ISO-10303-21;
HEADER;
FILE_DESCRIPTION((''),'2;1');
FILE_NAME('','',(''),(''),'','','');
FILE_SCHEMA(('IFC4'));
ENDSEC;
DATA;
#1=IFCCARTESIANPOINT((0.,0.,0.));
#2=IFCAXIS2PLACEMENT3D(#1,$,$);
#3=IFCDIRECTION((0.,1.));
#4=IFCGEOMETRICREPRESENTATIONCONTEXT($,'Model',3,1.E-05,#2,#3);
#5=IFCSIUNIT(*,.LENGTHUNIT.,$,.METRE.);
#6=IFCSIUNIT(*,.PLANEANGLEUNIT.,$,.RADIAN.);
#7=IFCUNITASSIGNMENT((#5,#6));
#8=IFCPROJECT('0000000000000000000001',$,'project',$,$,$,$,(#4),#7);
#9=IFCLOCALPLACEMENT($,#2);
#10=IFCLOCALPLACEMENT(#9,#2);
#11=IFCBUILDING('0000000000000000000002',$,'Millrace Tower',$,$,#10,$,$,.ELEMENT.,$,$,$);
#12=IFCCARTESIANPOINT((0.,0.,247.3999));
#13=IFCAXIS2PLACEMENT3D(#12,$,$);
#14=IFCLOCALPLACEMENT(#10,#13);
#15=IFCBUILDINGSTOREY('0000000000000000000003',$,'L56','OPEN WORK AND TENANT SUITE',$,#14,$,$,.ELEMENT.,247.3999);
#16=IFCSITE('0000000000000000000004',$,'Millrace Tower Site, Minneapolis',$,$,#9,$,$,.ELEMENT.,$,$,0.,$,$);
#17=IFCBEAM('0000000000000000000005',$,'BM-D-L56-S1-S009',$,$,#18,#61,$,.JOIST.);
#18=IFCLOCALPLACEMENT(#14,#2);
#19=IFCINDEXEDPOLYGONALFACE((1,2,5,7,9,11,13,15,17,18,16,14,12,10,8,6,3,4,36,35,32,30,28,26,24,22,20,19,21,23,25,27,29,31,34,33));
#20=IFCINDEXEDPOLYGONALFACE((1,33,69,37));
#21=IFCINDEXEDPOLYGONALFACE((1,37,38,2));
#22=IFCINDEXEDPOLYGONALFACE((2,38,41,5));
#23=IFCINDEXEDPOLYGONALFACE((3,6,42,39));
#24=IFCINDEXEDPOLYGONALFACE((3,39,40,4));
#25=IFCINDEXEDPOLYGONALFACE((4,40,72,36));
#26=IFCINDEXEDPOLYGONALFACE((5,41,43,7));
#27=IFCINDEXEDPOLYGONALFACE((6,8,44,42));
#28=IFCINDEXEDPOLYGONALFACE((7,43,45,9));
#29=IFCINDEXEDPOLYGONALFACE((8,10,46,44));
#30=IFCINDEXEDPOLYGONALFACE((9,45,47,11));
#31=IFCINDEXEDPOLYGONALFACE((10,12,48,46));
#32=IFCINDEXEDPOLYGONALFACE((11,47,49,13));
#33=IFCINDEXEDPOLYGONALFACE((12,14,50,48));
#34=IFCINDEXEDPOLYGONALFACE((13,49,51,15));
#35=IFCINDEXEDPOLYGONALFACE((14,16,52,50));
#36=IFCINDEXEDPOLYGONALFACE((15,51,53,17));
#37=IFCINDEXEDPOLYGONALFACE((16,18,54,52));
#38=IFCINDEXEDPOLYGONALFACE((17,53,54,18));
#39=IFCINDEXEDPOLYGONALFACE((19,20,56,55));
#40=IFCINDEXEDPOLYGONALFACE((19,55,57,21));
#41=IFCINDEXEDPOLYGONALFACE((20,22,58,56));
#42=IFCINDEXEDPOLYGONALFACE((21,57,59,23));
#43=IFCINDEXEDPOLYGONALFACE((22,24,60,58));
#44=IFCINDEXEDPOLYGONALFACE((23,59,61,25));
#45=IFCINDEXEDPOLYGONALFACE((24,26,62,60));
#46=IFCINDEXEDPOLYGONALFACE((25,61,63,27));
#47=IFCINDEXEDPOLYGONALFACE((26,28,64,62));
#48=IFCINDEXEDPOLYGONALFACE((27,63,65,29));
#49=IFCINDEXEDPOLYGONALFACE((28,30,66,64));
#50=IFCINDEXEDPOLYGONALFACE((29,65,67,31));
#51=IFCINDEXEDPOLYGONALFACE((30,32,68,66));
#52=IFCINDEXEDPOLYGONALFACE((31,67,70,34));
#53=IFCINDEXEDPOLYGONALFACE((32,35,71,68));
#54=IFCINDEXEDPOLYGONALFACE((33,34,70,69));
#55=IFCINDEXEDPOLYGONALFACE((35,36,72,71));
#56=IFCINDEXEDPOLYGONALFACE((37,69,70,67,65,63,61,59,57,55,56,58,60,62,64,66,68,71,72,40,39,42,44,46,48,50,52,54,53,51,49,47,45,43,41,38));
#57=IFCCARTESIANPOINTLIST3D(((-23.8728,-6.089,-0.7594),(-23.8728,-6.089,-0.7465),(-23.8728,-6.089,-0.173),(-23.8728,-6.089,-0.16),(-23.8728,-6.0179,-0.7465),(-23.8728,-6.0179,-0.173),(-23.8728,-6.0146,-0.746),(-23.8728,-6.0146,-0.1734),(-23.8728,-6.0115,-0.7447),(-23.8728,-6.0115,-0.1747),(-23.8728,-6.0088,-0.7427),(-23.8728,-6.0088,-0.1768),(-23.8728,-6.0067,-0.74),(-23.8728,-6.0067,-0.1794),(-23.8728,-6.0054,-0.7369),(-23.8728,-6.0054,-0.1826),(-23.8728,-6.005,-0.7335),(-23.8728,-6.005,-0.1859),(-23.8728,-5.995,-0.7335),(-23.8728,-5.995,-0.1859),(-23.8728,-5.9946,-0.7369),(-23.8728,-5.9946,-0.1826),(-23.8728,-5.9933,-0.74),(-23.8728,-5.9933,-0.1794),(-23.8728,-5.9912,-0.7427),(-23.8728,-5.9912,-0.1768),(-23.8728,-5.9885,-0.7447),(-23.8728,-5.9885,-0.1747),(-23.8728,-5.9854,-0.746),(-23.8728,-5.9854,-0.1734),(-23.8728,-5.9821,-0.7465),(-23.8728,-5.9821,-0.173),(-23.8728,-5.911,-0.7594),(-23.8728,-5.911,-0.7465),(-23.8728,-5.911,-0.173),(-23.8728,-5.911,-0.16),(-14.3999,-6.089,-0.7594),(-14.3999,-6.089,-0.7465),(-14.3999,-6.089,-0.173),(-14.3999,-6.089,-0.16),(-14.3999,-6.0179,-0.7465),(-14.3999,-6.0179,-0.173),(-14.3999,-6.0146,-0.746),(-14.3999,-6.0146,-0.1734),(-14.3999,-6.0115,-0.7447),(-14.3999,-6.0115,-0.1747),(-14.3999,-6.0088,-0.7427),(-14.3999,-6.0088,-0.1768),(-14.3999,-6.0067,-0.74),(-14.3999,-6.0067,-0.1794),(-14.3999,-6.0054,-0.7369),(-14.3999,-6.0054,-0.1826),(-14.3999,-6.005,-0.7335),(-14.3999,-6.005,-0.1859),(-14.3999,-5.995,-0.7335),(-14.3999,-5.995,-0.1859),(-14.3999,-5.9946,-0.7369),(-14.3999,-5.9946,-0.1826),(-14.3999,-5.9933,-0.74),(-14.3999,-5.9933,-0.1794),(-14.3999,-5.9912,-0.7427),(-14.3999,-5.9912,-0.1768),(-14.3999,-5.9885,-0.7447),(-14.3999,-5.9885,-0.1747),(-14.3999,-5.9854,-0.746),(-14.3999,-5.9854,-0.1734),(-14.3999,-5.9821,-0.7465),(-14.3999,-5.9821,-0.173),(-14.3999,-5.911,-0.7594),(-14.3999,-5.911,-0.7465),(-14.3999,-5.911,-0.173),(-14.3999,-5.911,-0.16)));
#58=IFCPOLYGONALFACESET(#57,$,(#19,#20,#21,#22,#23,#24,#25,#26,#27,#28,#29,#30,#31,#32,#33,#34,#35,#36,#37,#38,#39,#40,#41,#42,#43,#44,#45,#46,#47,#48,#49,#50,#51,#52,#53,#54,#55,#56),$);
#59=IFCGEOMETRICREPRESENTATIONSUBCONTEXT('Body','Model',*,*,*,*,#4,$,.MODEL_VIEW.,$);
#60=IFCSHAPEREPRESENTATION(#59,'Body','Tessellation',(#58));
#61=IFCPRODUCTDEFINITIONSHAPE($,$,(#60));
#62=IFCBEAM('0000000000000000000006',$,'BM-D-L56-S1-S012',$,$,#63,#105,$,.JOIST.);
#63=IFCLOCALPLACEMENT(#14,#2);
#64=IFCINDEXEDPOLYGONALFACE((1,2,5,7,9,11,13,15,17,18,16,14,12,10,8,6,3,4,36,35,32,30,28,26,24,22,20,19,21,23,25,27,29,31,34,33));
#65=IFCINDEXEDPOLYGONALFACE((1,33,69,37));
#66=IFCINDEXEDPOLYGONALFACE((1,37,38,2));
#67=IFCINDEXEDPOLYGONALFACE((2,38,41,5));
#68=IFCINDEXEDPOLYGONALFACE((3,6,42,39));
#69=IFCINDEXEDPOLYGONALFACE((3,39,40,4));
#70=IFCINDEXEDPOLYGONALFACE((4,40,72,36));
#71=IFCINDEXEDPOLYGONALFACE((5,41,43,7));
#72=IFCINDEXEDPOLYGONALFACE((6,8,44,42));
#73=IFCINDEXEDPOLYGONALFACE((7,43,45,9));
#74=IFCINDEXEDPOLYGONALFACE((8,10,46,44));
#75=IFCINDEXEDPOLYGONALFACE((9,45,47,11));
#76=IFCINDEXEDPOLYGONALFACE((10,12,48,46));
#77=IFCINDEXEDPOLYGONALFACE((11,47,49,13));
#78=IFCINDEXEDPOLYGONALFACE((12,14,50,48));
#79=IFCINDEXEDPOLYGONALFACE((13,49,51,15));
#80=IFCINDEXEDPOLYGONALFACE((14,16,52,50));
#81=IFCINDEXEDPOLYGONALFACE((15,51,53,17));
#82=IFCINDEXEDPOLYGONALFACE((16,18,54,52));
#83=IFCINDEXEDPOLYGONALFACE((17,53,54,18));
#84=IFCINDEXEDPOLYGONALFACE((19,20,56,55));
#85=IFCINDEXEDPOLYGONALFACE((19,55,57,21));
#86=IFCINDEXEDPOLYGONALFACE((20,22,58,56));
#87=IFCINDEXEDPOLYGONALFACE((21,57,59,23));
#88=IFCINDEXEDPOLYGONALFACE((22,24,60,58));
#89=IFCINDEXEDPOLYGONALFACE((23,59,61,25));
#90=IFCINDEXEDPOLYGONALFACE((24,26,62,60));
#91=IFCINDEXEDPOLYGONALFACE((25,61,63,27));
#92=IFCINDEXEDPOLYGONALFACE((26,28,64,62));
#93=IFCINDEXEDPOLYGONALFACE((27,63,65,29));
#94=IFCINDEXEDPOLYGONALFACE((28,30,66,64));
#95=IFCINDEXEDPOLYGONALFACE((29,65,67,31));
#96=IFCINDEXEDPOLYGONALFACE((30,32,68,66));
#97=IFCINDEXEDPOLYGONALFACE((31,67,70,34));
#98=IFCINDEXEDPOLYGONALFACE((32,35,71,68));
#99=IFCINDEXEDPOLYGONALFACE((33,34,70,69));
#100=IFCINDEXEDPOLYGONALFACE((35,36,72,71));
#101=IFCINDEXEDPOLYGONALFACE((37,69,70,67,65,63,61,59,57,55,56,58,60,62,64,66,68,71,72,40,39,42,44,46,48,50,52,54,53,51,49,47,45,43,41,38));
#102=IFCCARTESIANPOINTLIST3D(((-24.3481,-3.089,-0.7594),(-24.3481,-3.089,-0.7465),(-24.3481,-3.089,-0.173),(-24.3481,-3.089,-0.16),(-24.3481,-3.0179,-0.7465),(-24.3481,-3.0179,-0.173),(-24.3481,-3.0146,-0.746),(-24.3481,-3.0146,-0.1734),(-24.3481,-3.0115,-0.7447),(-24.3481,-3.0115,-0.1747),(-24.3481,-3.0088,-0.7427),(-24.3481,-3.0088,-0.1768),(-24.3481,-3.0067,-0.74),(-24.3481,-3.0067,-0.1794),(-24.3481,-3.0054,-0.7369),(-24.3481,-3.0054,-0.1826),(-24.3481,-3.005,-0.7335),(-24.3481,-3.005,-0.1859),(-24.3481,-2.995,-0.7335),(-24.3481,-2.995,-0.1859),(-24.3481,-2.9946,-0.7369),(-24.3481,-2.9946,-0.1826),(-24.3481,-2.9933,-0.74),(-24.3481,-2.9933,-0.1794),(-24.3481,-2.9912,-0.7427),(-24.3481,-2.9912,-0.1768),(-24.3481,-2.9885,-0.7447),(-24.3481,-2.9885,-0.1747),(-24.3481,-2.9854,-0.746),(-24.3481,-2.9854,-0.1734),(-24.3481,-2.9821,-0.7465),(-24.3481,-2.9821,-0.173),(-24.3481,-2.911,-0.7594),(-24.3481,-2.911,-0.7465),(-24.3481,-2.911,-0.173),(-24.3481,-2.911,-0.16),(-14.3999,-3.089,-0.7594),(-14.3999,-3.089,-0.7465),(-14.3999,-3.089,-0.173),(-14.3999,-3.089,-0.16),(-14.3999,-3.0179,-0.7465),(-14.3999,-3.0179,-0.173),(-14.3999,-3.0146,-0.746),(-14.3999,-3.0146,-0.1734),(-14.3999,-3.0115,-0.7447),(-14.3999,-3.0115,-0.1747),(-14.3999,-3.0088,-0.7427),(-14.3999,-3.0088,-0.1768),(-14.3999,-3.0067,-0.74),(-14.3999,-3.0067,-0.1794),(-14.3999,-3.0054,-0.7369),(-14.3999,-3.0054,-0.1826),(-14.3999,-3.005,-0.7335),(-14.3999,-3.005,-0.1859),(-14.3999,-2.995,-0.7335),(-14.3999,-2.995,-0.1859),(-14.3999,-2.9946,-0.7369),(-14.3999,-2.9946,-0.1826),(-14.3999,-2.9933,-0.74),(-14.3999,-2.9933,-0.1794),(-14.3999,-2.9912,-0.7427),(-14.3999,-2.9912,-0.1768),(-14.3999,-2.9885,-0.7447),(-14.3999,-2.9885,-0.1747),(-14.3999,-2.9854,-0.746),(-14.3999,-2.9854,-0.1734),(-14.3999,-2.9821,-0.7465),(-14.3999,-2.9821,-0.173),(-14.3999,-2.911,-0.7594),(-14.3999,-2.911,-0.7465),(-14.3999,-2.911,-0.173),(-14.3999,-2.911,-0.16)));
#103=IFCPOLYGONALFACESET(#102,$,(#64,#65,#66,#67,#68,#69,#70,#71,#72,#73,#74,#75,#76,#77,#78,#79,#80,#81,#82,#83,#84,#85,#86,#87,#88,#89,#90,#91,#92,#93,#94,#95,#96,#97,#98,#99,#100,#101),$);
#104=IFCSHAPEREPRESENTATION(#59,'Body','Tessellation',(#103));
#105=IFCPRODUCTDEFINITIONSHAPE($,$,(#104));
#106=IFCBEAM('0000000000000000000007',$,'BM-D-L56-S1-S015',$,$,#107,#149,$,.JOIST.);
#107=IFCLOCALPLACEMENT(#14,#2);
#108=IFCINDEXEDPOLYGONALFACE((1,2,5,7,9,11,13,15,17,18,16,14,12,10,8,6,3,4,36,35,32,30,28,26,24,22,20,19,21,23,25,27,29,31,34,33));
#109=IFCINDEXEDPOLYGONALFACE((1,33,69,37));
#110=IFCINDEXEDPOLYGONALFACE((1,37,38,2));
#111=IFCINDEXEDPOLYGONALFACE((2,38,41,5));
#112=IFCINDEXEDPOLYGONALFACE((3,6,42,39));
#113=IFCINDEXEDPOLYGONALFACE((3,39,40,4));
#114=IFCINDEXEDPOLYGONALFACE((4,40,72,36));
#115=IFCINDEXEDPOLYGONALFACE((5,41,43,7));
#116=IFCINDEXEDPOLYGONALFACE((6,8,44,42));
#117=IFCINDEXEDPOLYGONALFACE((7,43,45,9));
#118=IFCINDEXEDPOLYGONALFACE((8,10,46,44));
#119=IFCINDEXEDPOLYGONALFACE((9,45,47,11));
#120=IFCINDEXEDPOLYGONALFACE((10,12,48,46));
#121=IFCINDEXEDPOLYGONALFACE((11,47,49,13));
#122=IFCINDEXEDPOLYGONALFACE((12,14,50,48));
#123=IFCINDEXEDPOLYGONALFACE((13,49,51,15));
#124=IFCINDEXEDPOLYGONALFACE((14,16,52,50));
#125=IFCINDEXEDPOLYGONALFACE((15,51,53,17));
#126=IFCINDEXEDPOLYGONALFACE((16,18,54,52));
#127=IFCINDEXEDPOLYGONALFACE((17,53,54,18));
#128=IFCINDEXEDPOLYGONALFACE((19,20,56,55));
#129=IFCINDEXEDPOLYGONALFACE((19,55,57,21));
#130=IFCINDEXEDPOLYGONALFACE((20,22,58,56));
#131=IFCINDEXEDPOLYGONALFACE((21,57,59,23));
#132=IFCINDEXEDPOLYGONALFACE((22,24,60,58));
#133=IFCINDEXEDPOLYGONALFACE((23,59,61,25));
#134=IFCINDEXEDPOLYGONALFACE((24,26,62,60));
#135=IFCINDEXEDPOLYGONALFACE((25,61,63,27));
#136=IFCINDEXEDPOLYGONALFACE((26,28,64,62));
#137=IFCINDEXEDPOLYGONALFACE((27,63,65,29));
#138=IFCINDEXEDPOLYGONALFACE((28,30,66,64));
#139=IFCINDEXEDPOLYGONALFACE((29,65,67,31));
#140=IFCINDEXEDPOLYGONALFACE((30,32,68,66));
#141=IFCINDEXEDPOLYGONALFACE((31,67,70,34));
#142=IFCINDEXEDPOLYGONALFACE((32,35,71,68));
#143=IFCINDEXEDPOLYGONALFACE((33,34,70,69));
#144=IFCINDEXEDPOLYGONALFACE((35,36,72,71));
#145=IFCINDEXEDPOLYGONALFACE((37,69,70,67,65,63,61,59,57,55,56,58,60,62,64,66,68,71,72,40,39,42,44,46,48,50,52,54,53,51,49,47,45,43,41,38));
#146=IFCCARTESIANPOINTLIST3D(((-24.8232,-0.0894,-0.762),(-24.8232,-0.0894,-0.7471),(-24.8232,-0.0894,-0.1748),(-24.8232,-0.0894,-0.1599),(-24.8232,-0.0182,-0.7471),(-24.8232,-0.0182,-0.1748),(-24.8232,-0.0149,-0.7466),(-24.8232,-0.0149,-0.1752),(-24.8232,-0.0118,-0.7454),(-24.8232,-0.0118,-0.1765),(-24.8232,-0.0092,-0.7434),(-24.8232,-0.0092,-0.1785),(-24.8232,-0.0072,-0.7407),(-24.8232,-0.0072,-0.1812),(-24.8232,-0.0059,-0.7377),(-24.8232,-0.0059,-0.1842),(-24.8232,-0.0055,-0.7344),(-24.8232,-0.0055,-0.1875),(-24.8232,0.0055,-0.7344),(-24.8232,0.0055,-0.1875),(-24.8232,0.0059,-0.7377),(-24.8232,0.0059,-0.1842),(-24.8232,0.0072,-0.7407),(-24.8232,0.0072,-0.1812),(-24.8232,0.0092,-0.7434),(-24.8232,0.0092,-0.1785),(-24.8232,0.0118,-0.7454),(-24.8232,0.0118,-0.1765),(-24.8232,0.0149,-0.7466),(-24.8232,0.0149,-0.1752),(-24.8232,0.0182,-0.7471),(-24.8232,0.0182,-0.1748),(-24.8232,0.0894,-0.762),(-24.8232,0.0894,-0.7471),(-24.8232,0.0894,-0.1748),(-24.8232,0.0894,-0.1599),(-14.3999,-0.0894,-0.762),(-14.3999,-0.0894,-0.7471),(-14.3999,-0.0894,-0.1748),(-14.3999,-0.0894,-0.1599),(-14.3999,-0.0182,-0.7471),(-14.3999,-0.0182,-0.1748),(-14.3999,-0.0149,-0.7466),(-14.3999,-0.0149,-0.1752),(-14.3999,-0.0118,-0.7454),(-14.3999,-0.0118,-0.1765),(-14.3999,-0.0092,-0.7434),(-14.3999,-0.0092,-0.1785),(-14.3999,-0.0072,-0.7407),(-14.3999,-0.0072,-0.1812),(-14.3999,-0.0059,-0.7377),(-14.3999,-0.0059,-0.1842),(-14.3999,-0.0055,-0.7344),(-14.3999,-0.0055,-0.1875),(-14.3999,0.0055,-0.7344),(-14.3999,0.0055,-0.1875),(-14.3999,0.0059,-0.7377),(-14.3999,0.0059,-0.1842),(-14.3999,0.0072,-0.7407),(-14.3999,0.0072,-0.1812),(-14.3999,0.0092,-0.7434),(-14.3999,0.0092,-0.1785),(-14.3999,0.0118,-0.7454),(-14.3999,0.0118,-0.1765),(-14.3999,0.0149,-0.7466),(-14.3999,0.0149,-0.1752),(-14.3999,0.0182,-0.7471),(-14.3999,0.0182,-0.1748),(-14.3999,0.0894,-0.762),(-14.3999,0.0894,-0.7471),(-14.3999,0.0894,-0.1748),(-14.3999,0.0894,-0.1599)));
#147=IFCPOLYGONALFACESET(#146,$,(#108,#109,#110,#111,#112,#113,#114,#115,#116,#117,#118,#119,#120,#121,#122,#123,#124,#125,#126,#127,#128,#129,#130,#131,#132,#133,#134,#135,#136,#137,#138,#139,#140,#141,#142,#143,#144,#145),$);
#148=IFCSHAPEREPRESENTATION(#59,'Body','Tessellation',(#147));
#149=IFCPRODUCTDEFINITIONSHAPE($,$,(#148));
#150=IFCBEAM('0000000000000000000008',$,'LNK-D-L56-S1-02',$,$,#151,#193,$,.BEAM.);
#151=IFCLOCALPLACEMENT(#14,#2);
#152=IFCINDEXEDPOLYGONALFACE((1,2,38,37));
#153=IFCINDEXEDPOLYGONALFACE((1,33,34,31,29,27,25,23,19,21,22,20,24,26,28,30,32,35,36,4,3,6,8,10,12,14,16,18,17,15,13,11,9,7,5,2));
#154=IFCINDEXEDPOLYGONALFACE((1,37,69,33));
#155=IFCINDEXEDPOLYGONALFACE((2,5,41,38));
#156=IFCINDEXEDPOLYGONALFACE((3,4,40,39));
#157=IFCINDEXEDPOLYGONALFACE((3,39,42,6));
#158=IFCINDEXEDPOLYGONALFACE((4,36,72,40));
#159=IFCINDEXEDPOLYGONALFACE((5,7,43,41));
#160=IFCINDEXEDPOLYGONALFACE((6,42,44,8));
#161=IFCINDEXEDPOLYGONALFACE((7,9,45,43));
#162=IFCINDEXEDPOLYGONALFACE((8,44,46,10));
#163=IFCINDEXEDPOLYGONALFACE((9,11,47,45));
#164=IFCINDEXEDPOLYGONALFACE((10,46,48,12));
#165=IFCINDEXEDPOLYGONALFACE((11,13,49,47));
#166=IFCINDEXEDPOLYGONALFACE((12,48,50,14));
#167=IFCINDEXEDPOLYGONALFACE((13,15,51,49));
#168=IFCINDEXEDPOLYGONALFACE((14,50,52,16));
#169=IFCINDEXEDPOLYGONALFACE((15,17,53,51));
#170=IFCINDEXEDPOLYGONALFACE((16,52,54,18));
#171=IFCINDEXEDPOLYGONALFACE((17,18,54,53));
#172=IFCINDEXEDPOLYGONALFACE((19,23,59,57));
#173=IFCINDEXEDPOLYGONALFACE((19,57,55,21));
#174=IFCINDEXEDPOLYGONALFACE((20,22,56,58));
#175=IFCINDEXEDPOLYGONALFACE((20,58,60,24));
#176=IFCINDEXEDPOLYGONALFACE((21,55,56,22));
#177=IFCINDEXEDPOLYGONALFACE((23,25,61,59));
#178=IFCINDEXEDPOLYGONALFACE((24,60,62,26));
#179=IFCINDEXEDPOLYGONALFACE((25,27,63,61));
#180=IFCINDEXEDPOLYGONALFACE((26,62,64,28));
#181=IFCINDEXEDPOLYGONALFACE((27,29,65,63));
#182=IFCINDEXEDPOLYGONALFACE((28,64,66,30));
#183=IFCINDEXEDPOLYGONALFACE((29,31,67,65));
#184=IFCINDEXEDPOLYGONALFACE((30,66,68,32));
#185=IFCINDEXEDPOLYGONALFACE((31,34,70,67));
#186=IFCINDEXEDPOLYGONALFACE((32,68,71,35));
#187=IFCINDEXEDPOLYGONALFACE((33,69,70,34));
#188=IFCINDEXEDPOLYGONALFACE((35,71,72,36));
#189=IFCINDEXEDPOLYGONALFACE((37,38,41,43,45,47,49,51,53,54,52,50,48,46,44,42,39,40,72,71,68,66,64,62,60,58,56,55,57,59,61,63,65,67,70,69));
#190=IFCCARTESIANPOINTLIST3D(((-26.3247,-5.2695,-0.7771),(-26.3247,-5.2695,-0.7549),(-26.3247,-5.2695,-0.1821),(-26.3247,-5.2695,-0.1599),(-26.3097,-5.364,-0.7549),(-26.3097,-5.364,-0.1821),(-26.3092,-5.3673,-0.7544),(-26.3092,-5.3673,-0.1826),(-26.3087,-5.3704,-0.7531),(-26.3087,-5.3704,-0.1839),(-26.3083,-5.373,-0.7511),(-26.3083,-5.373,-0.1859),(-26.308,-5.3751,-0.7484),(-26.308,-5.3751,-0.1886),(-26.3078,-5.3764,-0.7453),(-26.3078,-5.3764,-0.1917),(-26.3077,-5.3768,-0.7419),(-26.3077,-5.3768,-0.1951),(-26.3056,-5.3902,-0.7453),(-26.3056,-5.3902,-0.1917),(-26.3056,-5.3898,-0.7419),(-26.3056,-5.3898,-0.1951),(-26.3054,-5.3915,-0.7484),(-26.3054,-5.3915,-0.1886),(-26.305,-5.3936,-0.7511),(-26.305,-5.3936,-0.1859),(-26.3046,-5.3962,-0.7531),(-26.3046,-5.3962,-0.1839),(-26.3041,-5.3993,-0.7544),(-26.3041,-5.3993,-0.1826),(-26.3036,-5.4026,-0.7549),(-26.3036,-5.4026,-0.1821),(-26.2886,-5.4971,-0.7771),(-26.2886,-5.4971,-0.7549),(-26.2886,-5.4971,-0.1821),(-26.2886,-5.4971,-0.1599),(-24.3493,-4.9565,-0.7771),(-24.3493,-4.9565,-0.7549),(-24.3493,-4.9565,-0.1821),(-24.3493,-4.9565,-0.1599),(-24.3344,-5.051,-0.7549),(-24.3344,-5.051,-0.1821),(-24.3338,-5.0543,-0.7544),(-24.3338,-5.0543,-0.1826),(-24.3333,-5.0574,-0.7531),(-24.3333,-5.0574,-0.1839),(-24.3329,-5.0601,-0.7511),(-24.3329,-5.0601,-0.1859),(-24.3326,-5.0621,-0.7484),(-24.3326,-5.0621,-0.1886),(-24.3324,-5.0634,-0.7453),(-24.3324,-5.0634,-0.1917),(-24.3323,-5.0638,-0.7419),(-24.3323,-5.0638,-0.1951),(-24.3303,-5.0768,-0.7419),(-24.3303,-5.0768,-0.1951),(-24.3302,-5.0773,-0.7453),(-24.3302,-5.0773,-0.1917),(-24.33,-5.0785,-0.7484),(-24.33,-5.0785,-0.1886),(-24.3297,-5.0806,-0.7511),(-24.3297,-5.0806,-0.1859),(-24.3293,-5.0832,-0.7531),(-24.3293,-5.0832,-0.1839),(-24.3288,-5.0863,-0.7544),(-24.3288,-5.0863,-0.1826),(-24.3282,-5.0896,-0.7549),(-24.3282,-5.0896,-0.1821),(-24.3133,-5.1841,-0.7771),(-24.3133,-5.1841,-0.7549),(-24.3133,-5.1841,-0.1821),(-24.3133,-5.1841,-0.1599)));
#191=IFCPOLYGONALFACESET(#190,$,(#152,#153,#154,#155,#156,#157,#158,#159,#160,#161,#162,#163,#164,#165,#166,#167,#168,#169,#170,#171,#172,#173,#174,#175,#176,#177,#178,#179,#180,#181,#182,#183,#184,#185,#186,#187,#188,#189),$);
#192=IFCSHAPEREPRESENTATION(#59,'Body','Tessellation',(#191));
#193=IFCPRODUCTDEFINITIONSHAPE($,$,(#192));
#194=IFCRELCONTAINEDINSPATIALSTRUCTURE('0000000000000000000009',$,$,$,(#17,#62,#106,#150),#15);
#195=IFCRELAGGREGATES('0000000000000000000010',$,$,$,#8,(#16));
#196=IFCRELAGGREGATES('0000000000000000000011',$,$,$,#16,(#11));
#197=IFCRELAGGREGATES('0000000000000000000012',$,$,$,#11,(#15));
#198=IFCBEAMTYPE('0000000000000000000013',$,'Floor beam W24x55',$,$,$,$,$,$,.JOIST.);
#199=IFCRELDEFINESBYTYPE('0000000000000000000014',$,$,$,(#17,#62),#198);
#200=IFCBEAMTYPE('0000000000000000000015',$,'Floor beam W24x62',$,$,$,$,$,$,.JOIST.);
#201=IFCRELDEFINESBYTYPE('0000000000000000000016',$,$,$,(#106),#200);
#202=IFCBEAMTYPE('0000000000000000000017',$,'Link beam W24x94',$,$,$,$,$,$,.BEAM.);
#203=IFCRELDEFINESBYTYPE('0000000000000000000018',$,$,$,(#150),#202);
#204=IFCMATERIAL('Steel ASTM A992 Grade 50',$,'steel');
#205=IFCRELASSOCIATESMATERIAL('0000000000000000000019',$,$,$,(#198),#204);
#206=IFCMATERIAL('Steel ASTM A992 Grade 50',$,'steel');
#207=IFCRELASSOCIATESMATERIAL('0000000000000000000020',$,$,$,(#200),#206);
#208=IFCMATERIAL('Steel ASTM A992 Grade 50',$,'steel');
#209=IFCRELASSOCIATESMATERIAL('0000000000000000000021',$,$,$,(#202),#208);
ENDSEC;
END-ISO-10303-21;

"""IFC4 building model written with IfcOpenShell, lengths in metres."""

from ifc_helpers import new_model, si_unit, direction, frame, origin, origin_2d, place, context, subcontext, project, spatial, i_section, extrude, material, material_profile, profile_set, type_object, element, save


model = new_model("IFC4")

# Units and contexts
model_context = context("Model", 3, precision=1e-05, world=origin(), true_north=direction((0.0, 1.0)))
body_context = subcontext(model_context, "Body", "Model", "MODEL_VIEW")
ifc_project = project(units=[si_unit("LENGTHUNIT", "METRE"), si_unit("PLANEANGLEUNIT", "RADIAN")], contexts=[model_context])

# Site, building, storey
site_placement = place(None, origin())
site = spatial("IfcSite", under=ifc_project, at=site_placement, Name="Millrace Tower Site, Minneapolis", CompositionType="ELEMENT", RefElevation=0.0)
building_placement = place(site_placement, origin())
building = spatial("IfcBuilding", under=site, at=building_placement, Name="Millrace Tower", CompositionType="ELEMENT")
storey_placement = place(building_placement, frame((0.0, 0.0, 247.3999)))
storey = spatial("IfcBuildingStorey", under=building, at=storey_placement, Name="L56", Description="OPEN WORK AND TENANT SUITE", CompositionType="ELEMENT", Elevation=247.3999)

# Beams
ifc_material_1 = material(Name="Steel ASTM A992 Grade 50", Category="steel")
ifc_material_profile_1 = material_profile(ifc_material_1, i_section(OverallWidth=0.178, OverallDepth=0.5994, WebThickness=0.01, FlangeThickness=0.0129, FilletRadius=0.0129, at=origin_2d()))
ifc_profile_set_1 = profile_set([ifc_material_profile_1], Name="Steel ASTM A992 Grade 50")
beam_type_1 = type_object("IfcBeamType", Name="Floor beam W24x55", PredefinedType="JOIST", material=ifc_profile_set_1)
beam_1_placement = place(storey_placement, frame((-23.8728, -6.0, -0.4597), z_axis=(1.0, 0.0, 0.0), x_axis=(0.0, 1.0, 0.0)))
element("IfcBeam", 1, at=beam_1_placement, inside=storey, type_object=beam_type_1, Name="BM-D-L56-S1-S009", PredefinedType="JOIST", context=body_context, shape_type="SweptSolid", body=[
    extrude(i_section(OverallWidth=0.178, OverallDepth=0.5994, WebThickness=0.01, FlangeThickness=0.0129, FilletRadius=0.0129, at=origin_2d()), origin(), (0.0, 0.0, 1.0), 9.4729),
])
beam_2_placement = place(storey_placement, frame((-24.3481, -3.0, -0.4597), z_axis=(1.0, 0.0, 0.0), x_axis=(0.0, 1.0, 0.0)))
element("IfcBeam", 2, at=beam_2_placement, inside=storey, type_object=beam_type_1, Name="BM-D-L56-S1-S012", PredefinedType="JOIST", context=body_context, shape_type="SweptSolid", body=[
    extrude(i_section(OverallWidth=0.178, OverallDepth=0.5994, WebThickness=0.01, FlangeThickness=0.0129, FilletRadius=0.0129, at=origin_2d()), origin(), (0.0, 0.0, 1.0), 9.9482),
])
ifc_material_2 = material(Name="Steel ASTM A992 Grade 50", Category="steel")
ifc_material_profile_2 = material_profile(ifc_material_2, i_section(OverallWidth=0.1787, OverallDepth=0.6021, WebThickness=0.011, FlangeThickness=0.0149, FilletRadius=0.0127, at=origin_2d()))
ifc_profile_set_2 = profile_set([ifc_material_profile_2], Name="Steel ASTM A992 Grade 50")
beam_type_2 = type_object("IfcBeamType", Name="Floor beam W24x62", PredefinedType="JOIST", material=ifc_profile_set_2)
beam_3_placement = place(storey_placement, frame((-24.8232, 0.0, -0.4609), z_axis=(1.0, 0.0, 0.0), x_axis=(0.0, 1.0, 0.0)))
element("IfcBeam", 3, at=beam_3_placement, inside=storey, type_object=beam_type_2, Name="BM-D-L56-S1-S015", PredefinedType="JOIST", context=body_context, shape_type="SweptSolid", body=[
    extrude(i_section(OverallWidth=0.1787, OverallDepth=0.6021, WebThickness=0.011, FlangeThickness=0.0149, FilletRadius=0.0127, at=origin_2d()), origin(), (0.0, 0.0, 1.0), 10.4233),
])
ifc_material_3 = material(Name="Steel ASTM A992 Grade 50", Category="steel")
ifc_material_profile_3 = material_profile(ifc_material_3, i_section(OverallWidth=0.2305, OverallDepth=0.6172, WebThickness=0.0132, FlangeThickness=0.0222, FilletRadius=0.0129, at=origin_2d()))
ifc_profile_set_3 = profile_set([ifc_material_profile_3], Name="Steel ASTM A992 Grade 50")
beam_type_3 = type_object("IfcBeamType", Name="Link beam W24x94", PredefinedType="BEAM", material=ifc_profile_set_3)
beam_4_placement = place(storey_placement, frame((-24.3313, -5.0703, -0.4685), z_axis=(-0.987679, -0.156495, 0.0), x_axis=(0.156495, -0.987679, 0.0)))
element("IfcBeam", 4, at=beam_4_placement, inside=storey, type_object=beam_type_3, Name="LNK-D-L56-S1-02", PredefinedType="BEAM", context=body_context, shape_type="SweptSolid", body=[
    extrude(i_section(OverallWidth=0.2305, OverallDepth=0.6172, WebThickness=0.0132, FlangeThickness=0.0222, FilletRadius=0.0129, at=origin_2d()), origin(), (0.0, 0.0, 1.0), 2.0),
])

save(model, "model.ifc")
